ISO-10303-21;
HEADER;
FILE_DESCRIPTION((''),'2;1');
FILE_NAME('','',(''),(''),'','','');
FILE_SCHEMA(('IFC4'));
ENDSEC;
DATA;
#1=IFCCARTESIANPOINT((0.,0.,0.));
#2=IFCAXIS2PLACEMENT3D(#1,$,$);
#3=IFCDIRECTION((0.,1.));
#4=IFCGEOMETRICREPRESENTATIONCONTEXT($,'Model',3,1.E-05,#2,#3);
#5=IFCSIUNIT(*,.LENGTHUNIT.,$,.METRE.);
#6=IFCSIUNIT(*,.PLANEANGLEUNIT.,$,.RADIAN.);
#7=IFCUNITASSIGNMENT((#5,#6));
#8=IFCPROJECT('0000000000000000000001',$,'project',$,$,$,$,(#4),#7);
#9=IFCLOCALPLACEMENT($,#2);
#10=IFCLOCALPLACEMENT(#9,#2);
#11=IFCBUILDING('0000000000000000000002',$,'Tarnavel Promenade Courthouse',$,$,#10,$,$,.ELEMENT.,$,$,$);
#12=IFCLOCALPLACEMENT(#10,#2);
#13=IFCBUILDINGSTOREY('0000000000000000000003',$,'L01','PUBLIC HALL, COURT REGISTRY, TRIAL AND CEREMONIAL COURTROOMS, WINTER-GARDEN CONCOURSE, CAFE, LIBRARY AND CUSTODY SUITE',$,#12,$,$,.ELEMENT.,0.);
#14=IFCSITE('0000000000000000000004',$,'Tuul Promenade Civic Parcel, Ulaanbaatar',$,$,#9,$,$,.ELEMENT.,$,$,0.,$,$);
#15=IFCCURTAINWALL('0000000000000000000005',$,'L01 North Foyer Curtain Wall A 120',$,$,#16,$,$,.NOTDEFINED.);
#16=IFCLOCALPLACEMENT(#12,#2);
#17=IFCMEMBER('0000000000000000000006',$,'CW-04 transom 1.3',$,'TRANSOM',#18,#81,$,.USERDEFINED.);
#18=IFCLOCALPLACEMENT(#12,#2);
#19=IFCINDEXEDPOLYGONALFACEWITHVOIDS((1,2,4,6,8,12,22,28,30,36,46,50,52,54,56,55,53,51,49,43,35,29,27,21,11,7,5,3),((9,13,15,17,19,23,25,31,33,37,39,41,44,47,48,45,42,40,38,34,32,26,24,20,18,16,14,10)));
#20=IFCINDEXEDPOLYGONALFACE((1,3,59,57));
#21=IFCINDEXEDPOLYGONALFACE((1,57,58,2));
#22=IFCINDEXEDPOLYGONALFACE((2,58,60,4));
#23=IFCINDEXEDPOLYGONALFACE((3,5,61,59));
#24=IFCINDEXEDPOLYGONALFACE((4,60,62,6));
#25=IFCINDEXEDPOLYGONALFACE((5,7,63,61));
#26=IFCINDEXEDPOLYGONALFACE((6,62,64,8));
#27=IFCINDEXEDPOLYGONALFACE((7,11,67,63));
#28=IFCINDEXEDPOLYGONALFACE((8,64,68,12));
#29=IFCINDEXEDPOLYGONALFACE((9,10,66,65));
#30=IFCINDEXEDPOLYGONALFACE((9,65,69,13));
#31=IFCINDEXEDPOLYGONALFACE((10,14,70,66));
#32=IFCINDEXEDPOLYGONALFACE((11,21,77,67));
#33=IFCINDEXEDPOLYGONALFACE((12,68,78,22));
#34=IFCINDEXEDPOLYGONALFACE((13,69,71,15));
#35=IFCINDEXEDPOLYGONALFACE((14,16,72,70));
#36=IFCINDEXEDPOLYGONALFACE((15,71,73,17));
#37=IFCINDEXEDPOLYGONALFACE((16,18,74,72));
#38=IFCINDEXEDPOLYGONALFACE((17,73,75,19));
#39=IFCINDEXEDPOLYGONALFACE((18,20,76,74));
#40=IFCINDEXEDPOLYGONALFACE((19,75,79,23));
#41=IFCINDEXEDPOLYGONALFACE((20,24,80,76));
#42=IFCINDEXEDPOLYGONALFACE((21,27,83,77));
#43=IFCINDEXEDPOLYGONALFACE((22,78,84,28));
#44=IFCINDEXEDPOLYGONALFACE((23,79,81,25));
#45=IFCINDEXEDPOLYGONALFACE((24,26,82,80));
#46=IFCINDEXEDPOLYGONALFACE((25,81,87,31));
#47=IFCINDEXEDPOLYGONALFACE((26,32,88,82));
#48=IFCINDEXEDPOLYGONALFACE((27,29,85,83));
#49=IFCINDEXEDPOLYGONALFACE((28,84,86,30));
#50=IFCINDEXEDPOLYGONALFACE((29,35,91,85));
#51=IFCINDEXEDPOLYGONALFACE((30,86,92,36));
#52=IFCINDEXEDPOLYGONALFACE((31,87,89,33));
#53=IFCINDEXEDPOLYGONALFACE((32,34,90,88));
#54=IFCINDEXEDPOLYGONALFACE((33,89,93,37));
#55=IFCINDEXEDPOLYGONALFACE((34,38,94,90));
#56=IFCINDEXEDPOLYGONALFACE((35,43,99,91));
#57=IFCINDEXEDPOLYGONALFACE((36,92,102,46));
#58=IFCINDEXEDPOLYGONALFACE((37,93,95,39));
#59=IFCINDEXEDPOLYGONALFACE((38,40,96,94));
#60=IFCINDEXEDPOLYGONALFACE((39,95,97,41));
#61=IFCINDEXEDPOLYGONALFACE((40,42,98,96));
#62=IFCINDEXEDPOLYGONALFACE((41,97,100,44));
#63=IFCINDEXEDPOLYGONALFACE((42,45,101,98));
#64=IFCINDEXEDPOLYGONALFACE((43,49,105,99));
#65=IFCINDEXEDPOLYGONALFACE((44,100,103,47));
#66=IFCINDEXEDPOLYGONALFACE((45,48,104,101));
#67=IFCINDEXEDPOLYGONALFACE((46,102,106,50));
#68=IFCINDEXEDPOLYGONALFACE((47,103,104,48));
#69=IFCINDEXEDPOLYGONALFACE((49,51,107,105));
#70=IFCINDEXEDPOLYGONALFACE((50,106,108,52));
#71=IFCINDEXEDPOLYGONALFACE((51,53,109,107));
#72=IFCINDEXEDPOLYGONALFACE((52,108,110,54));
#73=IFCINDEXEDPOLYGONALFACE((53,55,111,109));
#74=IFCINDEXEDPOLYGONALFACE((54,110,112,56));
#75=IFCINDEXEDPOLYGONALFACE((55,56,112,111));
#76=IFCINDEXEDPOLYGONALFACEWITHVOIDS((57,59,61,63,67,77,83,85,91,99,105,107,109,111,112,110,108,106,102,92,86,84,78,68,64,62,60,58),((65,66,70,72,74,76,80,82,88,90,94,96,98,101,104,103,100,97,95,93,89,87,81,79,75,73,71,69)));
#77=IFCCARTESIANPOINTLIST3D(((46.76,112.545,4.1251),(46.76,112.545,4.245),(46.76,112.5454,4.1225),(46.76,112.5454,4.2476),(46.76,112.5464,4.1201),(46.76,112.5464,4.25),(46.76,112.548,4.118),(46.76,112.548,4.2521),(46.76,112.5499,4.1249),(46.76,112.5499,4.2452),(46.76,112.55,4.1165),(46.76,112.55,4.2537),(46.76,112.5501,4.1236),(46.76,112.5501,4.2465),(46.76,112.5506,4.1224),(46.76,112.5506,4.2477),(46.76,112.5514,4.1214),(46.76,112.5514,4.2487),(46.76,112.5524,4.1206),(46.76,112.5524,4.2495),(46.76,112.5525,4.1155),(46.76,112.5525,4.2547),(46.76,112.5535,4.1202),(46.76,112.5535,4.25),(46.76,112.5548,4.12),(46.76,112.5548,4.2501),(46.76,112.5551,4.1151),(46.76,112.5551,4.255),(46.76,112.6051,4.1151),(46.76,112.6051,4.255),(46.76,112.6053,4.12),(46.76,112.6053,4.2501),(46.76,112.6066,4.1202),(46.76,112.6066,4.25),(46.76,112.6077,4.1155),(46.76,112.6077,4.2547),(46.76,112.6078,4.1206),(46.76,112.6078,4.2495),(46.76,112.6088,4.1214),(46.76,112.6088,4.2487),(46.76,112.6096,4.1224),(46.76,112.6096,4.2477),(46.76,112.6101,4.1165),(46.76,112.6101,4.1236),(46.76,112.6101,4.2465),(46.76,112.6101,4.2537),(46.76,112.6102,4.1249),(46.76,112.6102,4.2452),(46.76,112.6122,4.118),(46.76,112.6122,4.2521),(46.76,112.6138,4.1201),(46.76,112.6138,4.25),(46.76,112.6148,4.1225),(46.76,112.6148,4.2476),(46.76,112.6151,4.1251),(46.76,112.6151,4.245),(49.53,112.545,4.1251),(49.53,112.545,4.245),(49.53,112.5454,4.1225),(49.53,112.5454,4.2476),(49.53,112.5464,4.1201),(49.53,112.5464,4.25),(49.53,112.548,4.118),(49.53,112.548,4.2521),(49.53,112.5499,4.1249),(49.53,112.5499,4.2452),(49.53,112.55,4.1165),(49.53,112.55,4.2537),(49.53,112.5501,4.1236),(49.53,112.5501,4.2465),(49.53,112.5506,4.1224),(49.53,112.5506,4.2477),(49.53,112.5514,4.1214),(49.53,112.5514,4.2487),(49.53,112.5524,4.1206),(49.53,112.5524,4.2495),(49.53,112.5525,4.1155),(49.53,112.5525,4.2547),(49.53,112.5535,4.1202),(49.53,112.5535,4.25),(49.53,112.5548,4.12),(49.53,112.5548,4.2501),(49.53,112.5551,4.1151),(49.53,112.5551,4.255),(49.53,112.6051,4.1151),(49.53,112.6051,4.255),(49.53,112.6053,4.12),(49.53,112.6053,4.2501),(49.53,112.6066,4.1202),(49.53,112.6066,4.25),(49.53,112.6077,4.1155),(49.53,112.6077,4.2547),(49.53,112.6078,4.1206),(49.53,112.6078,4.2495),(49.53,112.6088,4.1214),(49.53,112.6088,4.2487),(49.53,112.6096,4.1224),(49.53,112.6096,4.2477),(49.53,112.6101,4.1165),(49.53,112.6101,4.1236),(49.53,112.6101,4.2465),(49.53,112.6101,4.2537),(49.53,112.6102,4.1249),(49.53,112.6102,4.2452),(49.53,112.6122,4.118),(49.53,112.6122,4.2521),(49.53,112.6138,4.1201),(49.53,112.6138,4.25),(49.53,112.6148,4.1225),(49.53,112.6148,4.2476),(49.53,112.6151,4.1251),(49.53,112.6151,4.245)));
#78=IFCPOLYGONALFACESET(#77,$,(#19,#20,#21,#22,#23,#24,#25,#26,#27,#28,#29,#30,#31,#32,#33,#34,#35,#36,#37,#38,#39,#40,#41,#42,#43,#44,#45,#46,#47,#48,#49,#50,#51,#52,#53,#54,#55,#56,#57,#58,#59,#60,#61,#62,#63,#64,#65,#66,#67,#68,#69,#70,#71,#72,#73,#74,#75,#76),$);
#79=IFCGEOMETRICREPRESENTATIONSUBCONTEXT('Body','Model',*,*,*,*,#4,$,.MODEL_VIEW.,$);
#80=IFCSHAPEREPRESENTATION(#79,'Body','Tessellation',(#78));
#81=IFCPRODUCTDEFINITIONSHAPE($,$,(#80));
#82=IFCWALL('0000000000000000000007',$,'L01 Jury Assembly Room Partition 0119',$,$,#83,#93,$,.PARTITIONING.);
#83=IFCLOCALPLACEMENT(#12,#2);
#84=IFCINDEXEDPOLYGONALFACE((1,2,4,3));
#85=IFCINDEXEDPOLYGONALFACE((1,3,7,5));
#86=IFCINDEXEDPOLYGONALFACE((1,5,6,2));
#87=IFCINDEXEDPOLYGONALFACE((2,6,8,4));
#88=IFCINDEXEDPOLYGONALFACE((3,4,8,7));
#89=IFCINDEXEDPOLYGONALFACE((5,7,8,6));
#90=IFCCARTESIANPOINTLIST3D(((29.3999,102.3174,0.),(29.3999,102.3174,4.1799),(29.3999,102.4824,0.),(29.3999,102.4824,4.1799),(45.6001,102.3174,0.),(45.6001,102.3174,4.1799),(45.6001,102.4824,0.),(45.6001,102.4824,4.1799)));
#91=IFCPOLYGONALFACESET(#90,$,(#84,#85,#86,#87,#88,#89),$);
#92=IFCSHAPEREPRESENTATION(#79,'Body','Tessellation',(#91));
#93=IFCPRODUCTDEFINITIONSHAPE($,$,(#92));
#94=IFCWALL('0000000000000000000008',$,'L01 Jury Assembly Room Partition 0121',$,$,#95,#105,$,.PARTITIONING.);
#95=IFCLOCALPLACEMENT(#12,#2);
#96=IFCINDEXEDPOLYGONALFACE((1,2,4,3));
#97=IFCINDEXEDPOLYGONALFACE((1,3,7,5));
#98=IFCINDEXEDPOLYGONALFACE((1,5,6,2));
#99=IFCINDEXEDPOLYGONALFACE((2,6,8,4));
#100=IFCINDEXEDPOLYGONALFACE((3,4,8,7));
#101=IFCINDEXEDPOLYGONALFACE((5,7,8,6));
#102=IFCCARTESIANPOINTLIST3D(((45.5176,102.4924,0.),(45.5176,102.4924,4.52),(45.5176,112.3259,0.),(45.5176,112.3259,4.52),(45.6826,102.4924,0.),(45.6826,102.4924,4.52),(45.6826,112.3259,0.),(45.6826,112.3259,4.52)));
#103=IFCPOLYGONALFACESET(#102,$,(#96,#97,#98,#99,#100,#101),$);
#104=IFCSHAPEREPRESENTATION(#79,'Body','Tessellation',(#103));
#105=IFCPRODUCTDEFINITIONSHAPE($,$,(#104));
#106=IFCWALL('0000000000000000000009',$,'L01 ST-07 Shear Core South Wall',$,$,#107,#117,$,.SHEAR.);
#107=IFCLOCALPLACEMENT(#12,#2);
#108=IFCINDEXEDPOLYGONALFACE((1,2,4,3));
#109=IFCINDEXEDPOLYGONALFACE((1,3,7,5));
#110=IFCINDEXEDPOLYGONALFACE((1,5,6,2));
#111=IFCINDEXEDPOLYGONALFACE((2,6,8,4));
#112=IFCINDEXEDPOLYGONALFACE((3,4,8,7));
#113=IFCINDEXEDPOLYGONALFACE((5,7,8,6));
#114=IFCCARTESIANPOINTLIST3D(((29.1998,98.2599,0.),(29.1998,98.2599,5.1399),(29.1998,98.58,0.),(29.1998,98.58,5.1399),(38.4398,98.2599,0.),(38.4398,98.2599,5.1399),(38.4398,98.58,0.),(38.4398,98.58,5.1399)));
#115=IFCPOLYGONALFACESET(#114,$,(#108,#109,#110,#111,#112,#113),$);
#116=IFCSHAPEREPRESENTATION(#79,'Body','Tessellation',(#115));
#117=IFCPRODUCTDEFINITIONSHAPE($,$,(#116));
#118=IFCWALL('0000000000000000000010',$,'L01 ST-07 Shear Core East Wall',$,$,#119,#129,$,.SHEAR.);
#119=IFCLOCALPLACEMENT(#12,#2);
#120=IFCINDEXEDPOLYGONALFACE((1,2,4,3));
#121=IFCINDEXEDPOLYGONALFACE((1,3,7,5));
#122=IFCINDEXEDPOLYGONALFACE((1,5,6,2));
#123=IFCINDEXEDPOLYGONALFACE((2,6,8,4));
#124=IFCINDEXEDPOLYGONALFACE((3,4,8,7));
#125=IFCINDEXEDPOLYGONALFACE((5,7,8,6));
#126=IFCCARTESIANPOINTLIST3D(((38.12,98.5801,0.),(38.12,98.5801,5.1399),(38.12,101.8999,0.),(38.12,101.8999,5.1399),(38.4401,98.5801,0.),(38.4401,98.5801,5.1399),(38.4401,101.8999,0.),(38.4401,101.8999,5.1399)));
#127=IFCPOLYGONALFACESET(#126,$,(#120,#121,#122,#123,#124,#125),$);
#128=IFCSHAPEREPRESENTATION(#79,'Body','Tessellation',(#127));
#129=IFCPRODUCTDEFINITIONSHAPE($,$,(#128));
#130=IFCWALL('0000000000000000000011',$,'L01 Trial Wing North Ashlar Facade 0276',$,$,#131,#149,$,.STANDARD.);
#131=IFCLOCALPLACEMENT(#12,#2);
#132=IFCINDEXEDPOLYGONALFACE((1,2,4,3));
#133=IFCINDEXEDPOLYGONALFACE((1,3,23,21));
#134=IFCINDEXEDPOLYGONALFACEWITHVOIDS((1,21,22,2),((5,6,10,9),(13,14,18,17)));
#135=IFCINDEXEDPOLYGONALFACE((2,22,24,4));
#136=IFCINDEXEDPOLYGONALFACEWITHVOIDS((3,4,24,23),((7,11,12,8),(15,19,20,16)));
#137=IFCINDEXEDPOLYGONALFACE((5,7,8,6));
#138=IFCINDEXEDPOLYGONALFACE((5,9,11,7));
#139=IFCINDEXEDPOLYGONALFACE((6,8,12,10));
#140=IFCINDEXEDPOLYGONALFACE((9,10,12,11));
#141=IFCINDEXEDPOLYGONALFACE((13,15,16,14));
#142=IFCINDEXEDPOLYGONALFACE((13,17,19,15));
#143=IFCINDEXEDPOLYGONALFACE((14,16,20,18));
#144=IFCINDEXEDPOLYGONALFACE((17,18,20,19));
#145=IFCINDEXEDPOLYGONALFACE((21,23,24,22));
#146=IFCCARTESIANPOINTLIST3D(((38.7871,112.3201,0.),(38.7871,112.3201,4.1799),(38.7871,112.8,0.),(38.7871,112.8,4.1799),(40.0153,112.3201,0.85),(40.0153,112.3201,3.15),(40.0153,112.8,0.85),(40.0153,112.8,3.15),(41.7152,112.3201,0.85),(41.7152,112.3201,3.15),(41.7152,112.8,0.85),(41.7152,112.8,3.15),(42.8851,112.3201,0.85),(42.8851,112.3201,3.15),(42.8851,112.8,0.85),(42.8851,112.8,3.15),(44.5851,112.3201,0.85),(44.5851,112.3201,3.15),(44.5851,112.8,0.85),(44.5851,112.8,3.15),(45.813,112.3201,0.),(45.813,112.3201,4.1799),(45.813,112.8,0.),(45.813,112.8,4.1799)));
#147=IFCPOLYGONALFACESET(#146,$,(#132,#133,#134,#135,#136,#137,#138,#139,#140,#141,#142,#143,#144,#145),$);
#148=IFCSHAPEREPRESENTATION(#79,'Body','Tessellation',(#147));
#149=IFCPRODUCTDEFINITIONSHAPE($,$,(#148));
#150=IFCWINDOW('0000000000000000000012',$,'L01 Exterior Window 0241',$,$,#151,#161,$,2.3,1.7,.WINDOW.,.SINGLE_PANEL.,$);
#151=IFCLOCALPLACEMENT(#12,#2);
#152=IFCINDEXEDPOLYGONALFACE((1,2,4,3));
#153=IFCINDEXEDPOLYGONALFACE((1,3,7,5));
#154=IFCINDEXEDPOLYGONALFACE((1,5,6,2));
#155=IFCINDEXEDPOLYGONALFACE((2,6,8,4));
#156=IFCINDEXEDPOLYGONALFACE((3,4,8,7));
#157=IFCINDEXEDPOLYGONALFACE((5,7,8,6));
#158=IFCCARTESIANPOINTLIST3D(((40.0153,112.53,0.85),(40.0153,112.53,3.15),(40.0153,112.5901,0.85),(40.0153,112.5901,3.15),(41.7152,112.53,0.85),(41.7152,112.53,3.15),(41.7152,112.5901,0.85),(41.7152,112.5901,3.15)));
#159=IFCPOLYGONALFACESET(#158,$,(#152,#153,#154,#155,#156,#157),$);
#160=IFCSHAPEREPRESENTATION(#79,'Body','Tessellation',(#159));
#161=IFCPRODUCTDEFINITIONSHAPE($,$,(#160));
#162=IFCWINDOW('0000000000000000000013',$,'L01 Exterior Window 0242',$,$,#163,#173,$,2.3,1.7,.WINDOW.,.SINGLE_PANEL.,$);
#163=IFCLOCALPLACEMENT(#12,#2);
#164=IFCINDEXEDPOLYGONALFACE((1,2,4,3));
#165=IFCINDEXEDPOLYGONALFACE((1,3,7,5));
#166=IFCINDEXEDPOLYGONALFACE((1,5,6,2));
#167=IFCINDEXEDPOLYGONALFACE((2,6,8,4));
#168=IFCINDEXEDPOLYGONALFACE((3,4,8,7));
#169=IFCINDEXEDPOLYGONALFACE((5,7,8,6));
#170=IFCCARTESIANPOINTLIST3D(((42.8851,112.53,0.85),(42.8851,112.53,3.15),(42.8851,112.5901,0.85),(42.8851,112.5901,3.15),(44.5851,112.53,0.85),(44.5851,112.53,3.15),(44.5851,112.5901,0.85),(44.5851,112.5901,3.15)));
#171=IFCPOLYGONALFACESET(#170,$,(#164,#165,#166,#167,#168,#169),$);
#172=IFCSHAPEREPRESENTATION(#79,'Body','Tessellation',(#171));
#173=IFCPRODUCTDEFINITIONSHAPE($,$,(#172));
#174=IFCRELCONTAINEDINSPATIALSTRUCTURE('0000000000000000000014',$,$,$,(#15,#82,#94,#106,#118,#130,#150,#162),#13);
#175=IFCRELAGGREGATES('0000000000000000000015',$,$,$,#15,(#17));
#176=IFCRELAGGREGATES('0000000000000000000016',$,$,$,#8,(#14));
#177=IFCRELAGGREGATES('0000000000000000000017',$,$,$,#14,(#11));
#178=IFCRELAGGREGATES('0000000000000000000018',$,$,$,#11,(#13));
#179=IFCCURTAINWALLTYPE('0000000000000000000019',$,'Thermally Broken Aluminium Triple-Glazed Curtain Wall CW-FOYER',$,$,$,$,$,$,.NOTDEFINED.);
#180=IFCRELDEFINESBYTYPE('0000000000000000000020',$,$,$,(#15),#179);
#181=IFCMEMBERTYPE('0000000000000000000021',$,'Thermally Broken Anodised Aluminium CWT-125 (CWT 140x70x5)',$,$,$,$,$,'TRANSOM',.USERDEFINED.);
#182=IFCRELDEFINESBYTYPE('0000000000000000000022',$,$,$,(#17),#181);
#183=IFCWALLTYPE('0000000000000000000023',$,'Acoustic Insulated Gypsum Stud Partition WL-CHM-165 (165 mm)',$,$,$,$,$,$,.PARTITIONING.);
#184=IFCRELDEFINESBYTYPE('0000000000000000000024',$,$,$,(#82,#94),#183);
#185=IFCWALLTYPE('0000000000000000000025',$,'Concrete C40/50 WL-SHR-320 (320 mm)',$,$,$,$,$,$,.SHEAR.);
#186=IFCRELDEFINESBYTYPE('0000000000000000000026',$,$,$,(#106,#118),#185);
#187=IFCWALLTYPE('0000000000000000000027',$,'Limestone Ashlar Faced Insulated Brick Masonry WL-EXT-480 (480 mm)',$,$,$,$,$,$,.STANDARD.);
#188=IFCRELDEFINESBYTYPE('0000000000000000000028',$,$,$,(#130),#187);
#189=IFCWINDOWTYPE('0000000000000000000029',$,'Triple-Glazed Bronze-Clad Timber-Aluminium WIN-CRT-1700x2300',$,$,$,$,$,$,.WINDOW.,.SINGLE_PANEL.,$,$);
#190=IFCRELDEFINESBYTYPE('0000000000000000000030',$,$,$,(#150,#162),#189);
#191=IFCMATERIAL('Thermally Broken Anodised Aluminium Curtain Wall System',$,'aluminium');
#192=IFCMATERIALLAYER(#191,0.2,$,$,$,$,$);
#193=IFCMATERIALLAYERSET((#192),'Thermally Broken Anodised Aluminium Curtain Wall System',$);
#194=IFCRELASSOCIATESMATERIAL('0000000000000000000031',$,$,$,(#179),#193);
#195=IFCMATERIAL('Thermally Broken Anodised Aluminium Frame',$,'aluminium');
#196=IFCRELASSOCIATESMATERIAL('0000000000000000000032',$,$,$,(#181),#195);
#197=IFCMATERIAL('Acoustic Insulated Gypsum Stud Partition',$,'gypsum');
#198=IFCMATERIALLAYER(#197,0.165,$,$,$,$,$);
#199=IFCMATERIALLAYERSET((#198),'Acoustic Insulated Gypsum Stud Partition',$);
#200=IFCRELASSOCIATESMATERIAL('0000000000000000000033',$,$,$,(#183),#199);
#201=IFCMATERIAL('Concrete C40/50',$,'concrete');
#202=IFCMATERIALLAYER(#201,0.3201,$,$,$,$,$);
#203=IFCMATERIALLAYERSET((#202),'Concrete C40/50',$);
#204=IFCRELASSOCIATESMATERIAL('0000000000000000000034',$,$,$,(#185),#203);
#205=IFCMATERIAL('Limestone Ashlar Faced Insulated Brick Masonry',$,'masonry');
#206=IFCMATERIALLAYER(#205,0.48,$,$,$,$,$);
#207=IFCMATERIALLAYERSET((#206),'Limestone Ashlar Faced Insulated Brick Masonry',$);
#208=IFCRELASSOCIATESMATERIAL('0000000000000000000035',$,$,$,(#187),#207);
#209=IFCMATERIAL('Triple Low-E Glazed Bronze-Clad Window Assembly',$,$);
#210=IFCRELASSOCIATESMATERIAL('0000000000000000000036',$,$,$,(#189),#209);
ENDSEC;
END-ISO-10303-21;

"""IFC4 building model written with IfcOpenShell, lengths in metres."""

from ifc_helpers import new_model, si_unit, direction, frame, frame_2d, origin, origin_2d, place, context, subcontext, project, spatial, rectangle, hollow_rectangle, extrude, material, layer, layer_set, material_profile, profile_set, type_object, element, fill, aggregate, save


model = new_model("IFC4")

# Units and contexts
model_context = context("Model", 3, precision=1e-05, world=origin(), true_north=direction((0.0, 1.0)))
body_context = subcontext(model_context, "Body", "Model", "MODEL_VIEW")
ifc_project = project(units=[si_unit("LENGTHUNIT", "METRE"), si_unit("PLANEANGLEUNIT", "RADIAN")], contexts=[model_context])

# Site, building, storey
site_placement = place(None, origin())
site = spatial("IfcSite", under=ifc_project, at=site_placement, Name="Tuul Promenade Civic Parcel, Ulaanbaatar", CompositionType="ELEMENT", RefElevation=0.0)
building_placement = place(site_placement, origin())
building = spatial("IfcBuilding", under=site, at=building_placement, Name="Tarnavel Promenade Courthouse", CompositionType="ELEMENT")
storey_placement = place(building_placement, origin())
storey = spatial("IfcBuildingStorey", under=building, at=storey_placement, Name="L01", Description="PUBLIC HALL, COURT REGISTRY, TRIAL AND CEREMONIAL COURTROOMS, WINTER-GARDEN CONCOURSE, CAFE, LIBRARY AND CUSTODY SUITE", CompositionType="ELEMENT", Elevation=0.0)

# Shared definitions
ifc_material_1 = material(Name="Concrete C40/50", Category="concrete")

# Curtain wall, member
ifc_material_2 = material(Name="Thermally Broken Anodised Aluminium Curtain Wall System", Category="aluminium")
ifc_layer_1 = layer(ifc_material_2, 0.2)
ifc_layer_set_1 = layer_set([ifc_layer_1], Name="Thermally Broken Anodised Aluminium Curtain Wall System")
curtain_wall_type = type_object("IfcCurtainWallType", Name="Thermally Broken Aluminium Triple-Glazed Curtain Wall CW-FOYER", PredefinedType="NOTDEFINED", material=ifc_layer_set_1)
curtain_wall_placement = place(storey_placement, origin())
curtain_wall = element("IfcCurtainWall", 1, at=curtain_wall_placement, inside=storey, type_object=curtain_wall_type, Name="L01 North Foyer Curtain Wall A 120", PredefinedType="NOTDEFINED")
ifc_material_3 = material(Name="Thermally Broken Anodised Aluminium Frame", Category="aluminium")
ifc_material_profile_1 = material_profile(ifc_material_3, hollow_rectangle(XDim=0.0701, YDim=0.1399, WallThickness=0.0049, InnerFilletRadius=0.0049, OuterFilletRadius=0.01, at=origin_2d()), Name="CWT 140x70x5")
ifc_profile_set_1 = profile_set([ifc_material_profile_1], Name="Thermally Broken Anodised Aluminium Frame")
member_type_1 = type_object("IfcMemberType", Name="Thermally Broken Anodised Aluminium CWT-125 (CWT 140x70x5)", ElementType="TRANSOM", PredefinedType="USERDEFINED", material=ifc_profile_set_1)
member_1_placement = place(storey_placement, frame((46.76, 112.5801, 4.1851), z_axis=(1.0, 0.0, 0.0), x_axis=(0.0, 1.0, 0.0)))
member_1 = element("IfcMember", 2, at=member_1_placement, type_object=member_type_1, Name="CW-04 transom 1.3", ObjectType="TRANSOM", PredefinedType="USERDEFINED", context=body_context, shape_type="SweptSolid", body=[
    extrude(hollow_rectangle(XDim=0.0701, YDim=0.1399, WallThickness=0.0049, InnerFilletRadius=0.0049, OuterFilletRadius=0.01, at=origin_2d()), origin(), (0.0, 0.0, 1.0), 2.77),
])
aggregate(curtain_wall, [member_1])

# Walls
ifc_material_4 = material(Name="Acoustic Insulated Gypsum Stud Partition", Category="gypsum")
ifc_layer_2 = layer(ifc_material_4, 0.165)
ifc_layer_set_2 = layer_set([ifc_layer_2], Name="Acoustic Insulated Gypsum Stud Partition")
wall_type_1 = type_object("IfcWallType", Name="Acoustic Insulated Gypsum Stud Partition WL-CHM-165 (165 mm)", PredefinedType="PARTITIONING", material=ifc_layer_set_2)
wall_1_placement = place(storey_placement, frame((45.6001, 102.3999, 0.0), z_axis=(0.0, 0.0, 1.0), x_axis=(-1.0, 0.0, 0.0)))
element("IfcWall", 3, at=wall_1_placement, inside=storey, type_object=wall_type_1, Name="L01 Jury Assembly Room Partition 0119", PredefinedType="PARTITIONING", context=body_context, shape_type="SweptSolid", body=[
    extrude(rectangle(XDim=16.2002, YDim=0.165, at=frame_2d((8.1001, 0.0))), origin(), (0.0, 0.0, 1.0), 4.1799),
])
wall_2_placement = place(storey_placement, frame((45.6001, 112.3259, 0.0), z_axis=(0.0, 0.0, 1.0), x_axis=(0.0, -1.0, 0.0)))
element("IfcWall", 4, at=wall_2_placement, inside=storey, type_object=wall_type_1, Name="L01 Jury Assembly Room Partition 0121", PredefinedType="PARTITIONING", context=body_context, shape_type="SweptSolid", body=[
    extrude(rectangle(XDim=9.8335, YDim=0.165, at=frame_2d((4.9167, 0.0))), origin(), (0.0, 0.0, 1.0), 4.52),
])
ifc_layer_3 = layer(ifc_material_1, 0.3201)
ifc_layer_set_3 = layer_set([ifc_layer_3], Name="Concrete C40/50")
wall_type_2 = type_object("IfcWallType", Name="Concrete C40/50 WL-SHR-320 (320 mm)", PredefinedType="SHEAR", material=ifc_layer_set_3)
wall_3_placement = place(storey_placement, frame((38.4399, 98.4199, 0.0), z_axis=(0.0, 0.0, 1.0), x_axis=(-1.0, 0.0, 0.0)))
element("IfcWall", 5, at=wall_3_placement, inside=storey, type_object=wall_type_2, Name="L01 ST-07 Shear Core South Wall", PredefinedType="SHEAR", context=body_context, shape_type="SweptSolid", body=[
    extrude(rectangle(XDim=9.24, YDim=0.3201, at=frame_2d((4.6201, 0.0))), origin(), (0.0, 0.0, 1.0), 5.1399),
])
wall_4_placement = place(storey_placement, frame((38.28, 101.8999, 0.0), z_axis=(0.0, 0.0, 1.0), x_axis=(0.0, -1.0, 0.0)))
element("IfcWall", 6, at=wall_4_placement, inside=storey, type_object=wall_type_2, Name="L01 ST-07 Shear Core East Wall", PredefinedType="SHEAR", context=body_context, shape_type="SweptSolid", body=[
    extrude(rectangle(XDim=3.3198, YDim=0.3201, at=frame_2d((1.6599, 0.0))), origin(), (0.0, 0.0, 1.0), 5.1399),
])

# Wall, openings, windows
ifc_material_5 = material(Name="Limestone Ashlar Faced Insulated Brick Masonry", Category="masonry")
ifc_layer_4 = layer(ifc_material_5, 0.48)
ifc_layer_set_4 = layer_set([ifc_layer_4], Name="Limestone Ashlar Faced Insulated Brick Masonry")
wall_type_3 = type_object("IfcWallType", Name="Limestone Ashlar Faced Insulated Brick Masonry WL-EXT-480 (480 mm)", PredefinedType="STANDARD", material=ifc_layer_set_4)
wall_5_placement = place(storey_placement, frame((38.7871, 112.5601, 0.0), z_axis=(0.0, 0.0, 1.0), x_axis=(1.0, 0.0, 0.0)))
wall_5 = element("IfcWall", 7, at=wall_5_placement, inside=storey, type_object=wall_type_3, Name="L01 Trial Wing North Ashlar Facade 0276", PredefinedType="STANDARD", context=body_context, shape_type="SweptSolid", body=[
    extrude(rectangle(XDim=7.0259, YDim=0.48, at=frame_2d((3.5129, 0.0))), origin(), (0.0, 0.0, 1.0), 4.1799),
])
opening_1_placement = place(wall_5_placement, frame((1.228, 0.0, 0.8501)))
opening_1 = element("IfcOpeningElement", 8, at=opening_1_placement, cuts=wall_5, PredefinedType="OPENING", context=body_context, shape_type="SweptSolid", body=[
    extrude(rectangle(XDim=1.7, YDim=2.3, at=frame_2d((0.8501, 1.1499))), frame((0.0, 0.25, 0.0), z_axis=(0.0, -1.0, 0.0), x_axis=(1.0, 0.0, 0.0)), (0.0, 0.0, 1.0), 0.5),
])
opening_2_placement = place(wall_5_placement, frame((4.0979, 0.0, 0.8501)))
opening_2 = element("IfcOpeningElement", 9, at=opening_2_placement, cuts=wall_5, PredefinedType="OPENING", context=body_context, shape_type="SweptSolid", body=[
    extrude(rectangle(XDim=1.7, YDim=2.3, at=frame_2d((0.8501, 1.1499))), frame((0.0, 0.25, 0.0), z_axis=(0.0, -1.0, 0.0), x_axis=(1.0, 0.0, 0.0)), (0.0, 0.0, 1.0), 0.5),
])
ifc_material_6 = material(Name="Triple Low-E Glazed Bronze-Clad Window Assembly")
window_type = type_object("IfcWindowType", Name="Triple-Glazed Bronze-Clad Timber-Aluminium WIN-CRT-1700x2300", PartitioningType="SINGLE_PANEL", PredefinedType="WINDOW", material=ifc_material_6)
window_1_placement = place(opening_1_placement, origin())
window_1 = element("IfcWindow", 10, at=window_1_placement, inside=storey, type_object=window_type, Name="L01 Exterior Window 0241", OverallHeight=2.3, OverallWidth=1.7, PartitioningType="SINGLE_PANEL", PredefinedType="WINDOW", context=body_context, shape_type="SweptSolid", body=[
    extrude(rectangle(XDim=1.7, YDim=2.3, at=frame_2d((0.8501, 1.1499))), frame((0.0, 0.03, 0.0), z_axis=(0.0, -1.0, 0.0), x_axis=(1.0, 0.0, 0.0)), (0.0, 0.0, 1.0), 0.0601),
])
fill(opening_1, window_1)
window_2_placement = place(opening_2_placement, origin())
window_2 = element("IfcWindow", 11, at=window_2_placement, inside=storey, type_object=window_type, Name="L01 Exterior Window 0242", OverallHeight=2.3, OverallWidth=1.7, PartitioningType="SINGLE_PANEL", PredefinedType="WINDOW", context=body_context, shape_type="SweptSolid", body=[
    extrude(rectangle(XDim=1.7, YDim=2.3, at=frame_2d((0.8501, 1.1499))), frame((0.0, 0.03, 0.0), z_axis=(0.0, -1.0, 0.0), x_axis=(1.0, 0.0, 0.0)), (0.0, 0.0, 1.0), 0.0601),
])
fill(opening_2, window_2)

save(model, "model.ifc")
